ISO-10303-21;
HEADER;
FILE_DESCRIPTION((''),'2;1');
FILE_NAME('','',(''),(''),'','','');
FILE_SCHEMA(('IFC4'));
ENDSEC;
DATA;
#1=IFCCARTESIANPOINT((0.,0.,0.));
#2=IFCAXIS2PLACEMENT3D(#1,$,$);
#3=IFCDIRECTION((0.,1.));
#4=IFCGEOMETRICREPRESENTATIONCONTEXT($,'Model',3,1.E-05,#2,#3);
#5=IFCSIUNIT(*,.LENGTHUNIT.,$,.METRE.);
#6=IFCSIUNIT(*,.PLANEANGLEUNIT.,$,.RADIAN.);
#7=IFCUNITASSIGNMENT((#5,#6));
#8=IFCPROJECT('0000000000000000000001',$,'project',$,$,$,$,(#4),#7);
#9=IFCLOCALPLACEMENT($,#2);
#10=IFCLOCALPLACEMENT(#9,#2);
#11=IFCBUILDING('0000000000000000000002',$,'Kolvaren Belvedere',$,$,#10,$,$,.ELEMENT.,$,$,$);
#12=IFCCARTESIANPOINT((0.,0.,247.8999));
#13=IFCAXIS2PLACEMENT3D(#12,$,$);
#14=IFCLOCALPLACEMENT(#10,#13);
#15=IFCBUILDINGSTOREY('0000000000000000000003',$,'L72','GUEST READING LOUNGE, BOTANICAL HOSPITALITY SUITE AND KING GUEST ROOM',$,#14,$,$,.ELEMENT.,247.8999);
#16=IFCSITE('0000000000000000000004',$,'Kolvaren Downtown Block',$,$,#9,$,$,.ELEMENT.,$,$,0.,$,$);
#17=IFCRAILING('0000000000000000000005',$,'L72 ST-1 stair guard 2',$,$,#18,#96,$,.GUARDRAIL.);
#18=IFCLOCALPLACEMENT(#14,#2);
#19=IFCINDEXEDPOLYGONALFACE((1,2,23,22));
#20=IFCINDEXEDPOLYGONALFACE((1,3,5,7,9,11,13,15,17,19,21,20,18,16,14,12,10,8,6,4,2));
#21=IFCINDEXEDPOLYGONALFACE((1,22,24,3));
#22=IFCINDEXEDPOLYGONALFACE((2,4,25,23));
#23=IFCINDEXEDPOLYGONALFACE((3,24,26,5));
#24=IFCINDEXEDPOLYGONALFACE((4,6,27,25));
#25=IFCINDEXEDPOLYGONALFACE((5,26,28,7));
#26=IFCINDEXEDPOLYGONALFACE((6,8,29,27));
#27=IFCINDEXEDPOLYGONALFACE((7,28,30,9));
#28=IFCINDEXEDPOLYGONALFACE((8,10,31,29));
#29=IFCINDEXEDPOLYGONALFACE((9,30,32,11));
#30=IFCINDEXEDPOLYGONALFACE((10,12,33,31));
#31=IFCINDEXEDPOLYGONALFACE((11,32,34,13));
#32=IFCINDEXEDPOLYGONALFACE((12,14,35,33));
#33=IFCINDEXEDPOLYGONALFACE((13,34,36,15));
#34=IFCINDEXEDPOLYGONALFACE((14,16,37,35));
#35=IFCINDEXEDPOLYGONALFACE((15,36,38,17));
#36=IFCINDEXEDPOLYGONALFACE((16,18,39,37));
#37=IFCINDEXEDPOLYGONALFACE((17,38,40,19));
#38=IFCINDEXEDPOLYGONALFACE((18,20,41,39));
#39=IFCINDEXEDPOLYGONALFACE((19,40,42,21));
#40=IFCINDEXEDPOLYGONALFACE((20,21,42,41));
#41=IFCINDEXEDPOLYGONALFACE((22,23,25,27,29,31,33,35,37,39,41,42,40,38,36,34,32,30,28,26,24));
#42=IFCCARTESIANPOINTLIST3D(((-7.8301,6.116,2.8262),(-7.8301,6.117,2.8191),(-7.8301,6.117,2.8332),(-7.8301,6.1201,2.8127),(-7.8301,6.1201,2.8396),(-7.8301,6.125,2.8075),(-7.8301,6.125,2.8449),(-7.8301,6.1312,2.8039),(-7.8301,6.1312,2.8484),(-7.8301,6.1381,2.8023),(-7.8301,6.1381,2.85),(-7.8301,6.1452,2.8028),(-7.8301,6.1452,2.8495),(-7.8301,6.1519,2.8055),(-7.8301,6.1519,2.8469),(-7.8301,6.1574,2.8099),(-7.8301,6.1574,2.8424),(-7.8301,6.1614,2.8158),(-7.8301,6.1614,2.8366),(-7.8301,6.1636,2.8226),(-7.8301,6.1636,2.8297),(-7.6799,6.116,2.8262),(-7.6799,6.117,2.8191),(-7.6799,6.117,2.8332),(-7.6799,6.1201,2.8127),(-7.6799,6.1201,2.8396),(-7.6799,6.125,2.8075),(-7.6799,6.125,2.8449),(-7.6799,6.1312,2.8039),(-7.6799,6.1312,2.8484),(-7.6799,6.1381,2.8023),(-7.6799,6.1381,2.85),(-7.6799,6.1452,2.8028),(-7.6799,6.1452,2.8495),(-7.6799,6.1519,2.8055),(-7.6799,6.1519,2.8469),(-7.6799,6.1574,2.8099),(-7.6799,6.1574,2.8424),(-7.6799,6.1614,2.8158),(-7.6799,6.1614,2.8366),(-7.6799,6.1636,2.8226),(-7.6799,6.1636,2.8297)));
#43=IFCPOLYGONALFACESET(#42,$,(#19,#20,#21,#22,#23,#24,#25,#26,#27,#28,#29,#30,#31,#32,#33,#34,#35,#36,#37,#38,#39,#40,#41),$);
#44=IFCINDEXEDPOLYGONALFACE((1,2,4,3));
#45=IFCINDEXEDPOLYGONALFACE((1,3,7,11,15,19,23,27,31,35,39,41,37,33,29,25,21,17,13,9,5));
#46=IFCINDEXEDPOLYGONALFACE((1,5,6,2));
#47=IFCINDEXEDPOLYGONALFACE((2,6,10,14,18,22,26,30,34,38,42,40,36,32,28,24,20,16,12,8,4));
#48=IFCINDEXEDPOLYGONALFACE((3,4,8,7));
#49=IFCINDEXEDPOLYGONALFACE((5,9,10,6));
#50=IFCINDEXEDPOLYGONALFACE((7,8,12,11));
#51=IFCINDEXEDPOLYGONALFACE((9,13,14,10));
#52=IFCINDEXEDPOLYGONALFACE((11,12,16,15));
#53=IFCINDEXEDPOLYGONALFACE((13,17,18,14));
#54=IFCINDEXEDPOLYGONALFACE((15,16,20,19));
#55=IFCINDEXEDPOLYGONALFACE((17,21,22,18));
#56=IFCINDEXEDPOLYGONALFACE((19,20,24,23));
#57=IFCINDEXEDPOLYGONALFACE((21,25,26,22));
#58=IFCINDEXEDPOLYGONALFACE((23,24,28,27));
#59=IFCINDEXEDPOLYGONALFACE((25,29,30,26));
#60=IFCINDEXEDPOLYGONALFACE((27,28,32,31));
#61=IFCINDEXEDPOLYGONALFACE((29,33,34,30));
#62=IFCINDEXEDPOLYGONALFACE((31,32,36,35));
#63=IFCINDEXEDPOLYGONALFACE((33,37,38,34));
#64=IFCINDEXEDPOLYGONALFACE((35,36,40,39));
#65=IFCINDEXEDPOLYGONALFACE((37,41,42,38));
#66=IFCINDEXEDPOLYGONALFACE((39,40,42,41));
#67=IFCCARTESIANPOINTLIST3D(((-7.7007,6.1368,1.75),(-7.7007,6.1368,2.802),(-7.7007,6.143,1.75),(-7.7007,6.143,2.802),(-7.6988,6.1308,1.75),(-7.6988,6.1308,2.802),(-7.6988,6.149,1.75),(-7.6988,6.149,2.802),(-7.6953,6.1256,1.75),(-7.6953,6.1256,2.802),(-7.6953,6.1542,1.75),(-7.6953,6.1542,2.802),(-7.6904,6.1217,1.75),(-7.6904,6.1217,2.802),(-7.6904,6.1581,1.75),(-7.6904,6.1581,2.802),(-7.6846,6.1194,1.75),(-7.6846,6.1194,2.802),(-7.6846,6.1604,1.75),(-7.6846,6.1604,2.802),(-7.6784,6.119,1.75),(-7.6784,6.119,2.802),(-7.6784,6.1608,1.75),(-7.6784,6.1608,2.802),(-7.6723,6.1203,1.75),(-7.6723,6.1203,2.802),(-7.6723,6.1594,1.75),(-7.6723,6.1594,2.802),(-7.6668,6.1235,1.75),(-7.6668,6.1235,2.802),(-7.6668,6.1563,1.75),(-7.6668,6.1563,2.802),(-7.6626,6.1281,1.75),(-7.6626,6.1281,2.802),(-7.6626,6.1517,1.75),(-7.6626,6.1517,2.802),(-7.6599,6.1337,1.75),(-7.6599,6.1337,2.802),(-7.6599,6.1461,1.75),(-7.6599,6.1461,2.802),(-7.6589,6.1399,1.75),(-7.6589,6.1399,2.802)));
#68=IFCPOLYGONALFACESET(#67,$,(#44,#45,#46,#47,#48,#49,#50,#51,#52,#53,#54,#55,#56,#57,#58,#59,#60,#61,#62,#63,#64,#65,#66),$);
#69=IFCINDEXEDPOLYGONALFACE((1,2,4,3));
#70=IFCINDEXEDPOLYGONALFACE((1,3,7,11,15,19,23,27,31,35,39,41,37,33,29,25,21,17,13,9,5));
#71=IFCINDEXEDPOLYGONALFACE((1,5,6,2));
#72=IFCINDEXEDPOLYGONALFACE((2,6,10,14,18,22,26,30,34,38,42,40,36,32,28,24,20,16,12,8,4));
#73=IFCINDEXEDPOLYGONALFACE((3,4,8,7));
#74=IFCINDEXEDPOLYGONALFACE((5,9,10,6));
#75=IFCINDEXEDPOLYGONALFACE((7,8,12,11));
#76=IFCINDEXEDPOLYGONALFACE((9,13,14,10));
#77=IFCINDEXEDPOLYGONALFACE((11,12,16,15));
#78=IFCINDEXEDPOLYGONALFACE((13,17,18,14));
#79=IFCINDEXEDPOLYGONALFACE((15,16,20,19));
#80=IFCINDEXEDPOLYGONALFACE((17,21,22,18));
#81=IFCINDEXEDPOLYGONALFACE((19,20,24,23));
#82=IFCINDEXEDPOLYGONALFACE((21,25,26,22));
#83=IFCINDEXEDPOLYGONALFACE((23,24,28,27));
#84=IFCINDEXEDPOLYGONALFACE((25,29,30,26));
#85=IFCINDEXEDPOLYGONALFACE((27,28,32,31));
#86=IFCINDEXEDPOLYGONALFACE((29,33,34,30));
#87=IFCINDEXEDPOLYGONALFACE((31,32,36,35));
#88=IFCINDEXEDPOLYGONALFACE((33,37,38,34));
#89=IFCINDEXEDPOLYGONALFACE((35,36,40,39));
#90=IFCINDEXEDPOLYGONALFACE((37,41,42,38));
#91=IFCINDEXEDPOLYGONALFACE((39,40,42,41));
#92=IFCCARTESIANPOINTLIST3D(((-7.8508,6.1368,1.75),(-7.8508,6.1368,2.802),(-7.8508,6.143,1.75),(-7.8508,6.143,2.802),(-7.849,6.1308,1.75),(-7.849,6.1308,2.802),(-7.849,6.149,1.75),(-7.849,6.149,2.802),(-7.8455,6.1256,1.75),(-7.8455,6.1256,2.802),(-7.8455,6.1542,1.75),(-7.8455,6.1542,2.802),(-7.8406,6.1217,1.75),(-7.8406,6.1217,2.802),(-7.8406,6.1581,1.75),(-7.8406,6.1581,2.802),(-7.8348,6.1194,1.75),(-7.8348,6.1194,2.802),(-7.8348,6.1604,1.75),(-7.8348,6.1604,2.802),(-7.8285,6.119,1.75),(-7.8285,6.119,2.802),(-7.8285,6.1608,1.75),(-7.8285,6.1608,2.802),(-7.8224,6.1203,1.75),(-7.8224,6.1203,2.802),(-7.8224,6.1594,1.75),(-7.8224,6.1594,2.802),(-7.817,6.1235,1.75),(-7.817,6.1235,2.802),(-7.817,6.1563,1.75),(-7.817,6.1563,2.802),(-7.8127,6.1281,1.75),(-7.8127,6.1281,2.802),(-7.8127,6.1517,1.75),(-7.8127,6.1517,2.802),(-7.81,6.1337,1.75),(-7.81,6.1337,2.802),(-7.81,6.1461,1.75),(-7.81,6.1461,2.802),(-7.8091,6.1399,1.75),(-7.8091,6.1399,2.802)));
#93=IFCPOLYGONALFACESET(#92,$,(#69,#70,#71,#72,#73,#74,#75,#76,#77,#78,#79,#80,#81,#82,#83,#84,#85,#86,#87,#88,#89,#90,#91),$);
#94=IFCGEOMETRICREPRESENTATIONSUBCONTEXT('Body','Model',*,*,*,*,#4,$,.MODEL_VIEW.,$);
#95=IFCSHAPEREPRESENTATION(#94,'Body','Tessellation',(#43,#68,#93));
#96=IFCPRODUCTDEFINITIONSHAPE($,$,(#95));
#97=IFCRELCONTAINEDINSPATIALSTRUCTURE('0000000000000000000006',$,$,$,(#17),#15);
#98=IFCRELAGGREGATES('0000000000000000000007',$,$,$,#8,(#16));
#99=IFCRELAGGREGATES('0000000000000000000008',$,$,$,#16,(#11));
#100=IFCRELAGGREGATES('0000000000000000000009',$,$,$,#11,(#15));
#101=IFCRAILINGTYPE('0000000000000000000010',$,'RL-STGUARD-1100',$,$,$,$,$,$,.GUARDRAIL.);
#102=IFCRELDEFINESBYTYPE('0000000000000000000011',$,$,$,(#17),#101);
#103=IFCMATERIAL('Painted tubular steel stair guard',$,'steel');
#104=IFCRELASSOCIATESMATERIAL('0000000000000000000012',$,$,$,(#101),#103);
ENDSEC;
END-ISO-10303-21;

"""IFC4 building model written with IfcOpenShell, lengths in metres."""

from ifc_helpers import new_model, si_unit, direction, frame, origin, origin_2d, place, context, subcontext, project, spatial, circle, extrude, material, type_object, element, save


model = new_model("IFC4")

# Units and contexts
model_context = context("Model", 3, precision=1e-05, world=origin(), true_north=direction((0.0, 1.0)))
body_context = subcontext(model_context, "Body", "Model", "MODEL_VIEW")
ifc_project = project(units=[si_unit("LENGTHUNIT", "METRE"), si_unit("PLANEANGLEUNIT", "RADIAN")], contexts=[model_context])

# Site, building, storey
site_placement = place(None, origin())
site = spatial("IfcSite", under=ifc_project, at=site_placement, Name="Kolvaren Downtown Block", CompositionType="ELEMENT", RefElevation=0.0)
building_placement = place(site_placement, origin())
building = spatial("IfcBuilding", under=site, at=building_placement, Name="Kolvaren Belvedere", CompositionType="ELEMENT")
storey_placement = place(building_placement, frame((0.0, 0.0, 247.8999)))
storey = spatial("IfcBuildingStorey", under=building, at=storey_placement, Name="L72", Description="GUEST READING LOUNGE, BOTANICAL HOSPITALITY SUITE AND KING GUEST ROOM", CompositionType="ELEMENT", Elevation=247.8999)

# Railing
ifc_material_1 = material(Name="Painted tubular steel stair guard", Category="steel")
railing_type_1 = type_object("IfcRailingType", Name="RL-STGUARD-1100", PredefinedType="GUARDRAIL", material=ifc_material_1)
railing_1_placement = place(storey_placement, frame((-7.6799, 6.1399, 1.75)))
element("IfcRailing", 1, at=railing_1_placement, inside=storey, type_object=railing_type_1, Name="L72 ST-1 stair guard 2", PredefinedType="GUARDRAIL", context=body_context, shape_type="SweptSolid", body=[
    extrude(circle(Radius=0.0239, at=origin_2d()), frame((0.0, 0.0, 1.0762), z_axis=(-1.0, 0.0, 0.0), x_axis=(0.0, -1.0, 0.0)), (0.0, 0.0, 1.0), 0.1501),
    extrude(circle(Radius=0.021, at=origin_2d()), origin(), (0.0, 0.0, 1.0), 1.052),
    extrude(circle(Radius=0.021, at=origin_2d()), frame((-0.1501, 0.0, 0.0)), (0.0, 0.0, 1.0), 1.052),
])

save(model, "model.ifc")
